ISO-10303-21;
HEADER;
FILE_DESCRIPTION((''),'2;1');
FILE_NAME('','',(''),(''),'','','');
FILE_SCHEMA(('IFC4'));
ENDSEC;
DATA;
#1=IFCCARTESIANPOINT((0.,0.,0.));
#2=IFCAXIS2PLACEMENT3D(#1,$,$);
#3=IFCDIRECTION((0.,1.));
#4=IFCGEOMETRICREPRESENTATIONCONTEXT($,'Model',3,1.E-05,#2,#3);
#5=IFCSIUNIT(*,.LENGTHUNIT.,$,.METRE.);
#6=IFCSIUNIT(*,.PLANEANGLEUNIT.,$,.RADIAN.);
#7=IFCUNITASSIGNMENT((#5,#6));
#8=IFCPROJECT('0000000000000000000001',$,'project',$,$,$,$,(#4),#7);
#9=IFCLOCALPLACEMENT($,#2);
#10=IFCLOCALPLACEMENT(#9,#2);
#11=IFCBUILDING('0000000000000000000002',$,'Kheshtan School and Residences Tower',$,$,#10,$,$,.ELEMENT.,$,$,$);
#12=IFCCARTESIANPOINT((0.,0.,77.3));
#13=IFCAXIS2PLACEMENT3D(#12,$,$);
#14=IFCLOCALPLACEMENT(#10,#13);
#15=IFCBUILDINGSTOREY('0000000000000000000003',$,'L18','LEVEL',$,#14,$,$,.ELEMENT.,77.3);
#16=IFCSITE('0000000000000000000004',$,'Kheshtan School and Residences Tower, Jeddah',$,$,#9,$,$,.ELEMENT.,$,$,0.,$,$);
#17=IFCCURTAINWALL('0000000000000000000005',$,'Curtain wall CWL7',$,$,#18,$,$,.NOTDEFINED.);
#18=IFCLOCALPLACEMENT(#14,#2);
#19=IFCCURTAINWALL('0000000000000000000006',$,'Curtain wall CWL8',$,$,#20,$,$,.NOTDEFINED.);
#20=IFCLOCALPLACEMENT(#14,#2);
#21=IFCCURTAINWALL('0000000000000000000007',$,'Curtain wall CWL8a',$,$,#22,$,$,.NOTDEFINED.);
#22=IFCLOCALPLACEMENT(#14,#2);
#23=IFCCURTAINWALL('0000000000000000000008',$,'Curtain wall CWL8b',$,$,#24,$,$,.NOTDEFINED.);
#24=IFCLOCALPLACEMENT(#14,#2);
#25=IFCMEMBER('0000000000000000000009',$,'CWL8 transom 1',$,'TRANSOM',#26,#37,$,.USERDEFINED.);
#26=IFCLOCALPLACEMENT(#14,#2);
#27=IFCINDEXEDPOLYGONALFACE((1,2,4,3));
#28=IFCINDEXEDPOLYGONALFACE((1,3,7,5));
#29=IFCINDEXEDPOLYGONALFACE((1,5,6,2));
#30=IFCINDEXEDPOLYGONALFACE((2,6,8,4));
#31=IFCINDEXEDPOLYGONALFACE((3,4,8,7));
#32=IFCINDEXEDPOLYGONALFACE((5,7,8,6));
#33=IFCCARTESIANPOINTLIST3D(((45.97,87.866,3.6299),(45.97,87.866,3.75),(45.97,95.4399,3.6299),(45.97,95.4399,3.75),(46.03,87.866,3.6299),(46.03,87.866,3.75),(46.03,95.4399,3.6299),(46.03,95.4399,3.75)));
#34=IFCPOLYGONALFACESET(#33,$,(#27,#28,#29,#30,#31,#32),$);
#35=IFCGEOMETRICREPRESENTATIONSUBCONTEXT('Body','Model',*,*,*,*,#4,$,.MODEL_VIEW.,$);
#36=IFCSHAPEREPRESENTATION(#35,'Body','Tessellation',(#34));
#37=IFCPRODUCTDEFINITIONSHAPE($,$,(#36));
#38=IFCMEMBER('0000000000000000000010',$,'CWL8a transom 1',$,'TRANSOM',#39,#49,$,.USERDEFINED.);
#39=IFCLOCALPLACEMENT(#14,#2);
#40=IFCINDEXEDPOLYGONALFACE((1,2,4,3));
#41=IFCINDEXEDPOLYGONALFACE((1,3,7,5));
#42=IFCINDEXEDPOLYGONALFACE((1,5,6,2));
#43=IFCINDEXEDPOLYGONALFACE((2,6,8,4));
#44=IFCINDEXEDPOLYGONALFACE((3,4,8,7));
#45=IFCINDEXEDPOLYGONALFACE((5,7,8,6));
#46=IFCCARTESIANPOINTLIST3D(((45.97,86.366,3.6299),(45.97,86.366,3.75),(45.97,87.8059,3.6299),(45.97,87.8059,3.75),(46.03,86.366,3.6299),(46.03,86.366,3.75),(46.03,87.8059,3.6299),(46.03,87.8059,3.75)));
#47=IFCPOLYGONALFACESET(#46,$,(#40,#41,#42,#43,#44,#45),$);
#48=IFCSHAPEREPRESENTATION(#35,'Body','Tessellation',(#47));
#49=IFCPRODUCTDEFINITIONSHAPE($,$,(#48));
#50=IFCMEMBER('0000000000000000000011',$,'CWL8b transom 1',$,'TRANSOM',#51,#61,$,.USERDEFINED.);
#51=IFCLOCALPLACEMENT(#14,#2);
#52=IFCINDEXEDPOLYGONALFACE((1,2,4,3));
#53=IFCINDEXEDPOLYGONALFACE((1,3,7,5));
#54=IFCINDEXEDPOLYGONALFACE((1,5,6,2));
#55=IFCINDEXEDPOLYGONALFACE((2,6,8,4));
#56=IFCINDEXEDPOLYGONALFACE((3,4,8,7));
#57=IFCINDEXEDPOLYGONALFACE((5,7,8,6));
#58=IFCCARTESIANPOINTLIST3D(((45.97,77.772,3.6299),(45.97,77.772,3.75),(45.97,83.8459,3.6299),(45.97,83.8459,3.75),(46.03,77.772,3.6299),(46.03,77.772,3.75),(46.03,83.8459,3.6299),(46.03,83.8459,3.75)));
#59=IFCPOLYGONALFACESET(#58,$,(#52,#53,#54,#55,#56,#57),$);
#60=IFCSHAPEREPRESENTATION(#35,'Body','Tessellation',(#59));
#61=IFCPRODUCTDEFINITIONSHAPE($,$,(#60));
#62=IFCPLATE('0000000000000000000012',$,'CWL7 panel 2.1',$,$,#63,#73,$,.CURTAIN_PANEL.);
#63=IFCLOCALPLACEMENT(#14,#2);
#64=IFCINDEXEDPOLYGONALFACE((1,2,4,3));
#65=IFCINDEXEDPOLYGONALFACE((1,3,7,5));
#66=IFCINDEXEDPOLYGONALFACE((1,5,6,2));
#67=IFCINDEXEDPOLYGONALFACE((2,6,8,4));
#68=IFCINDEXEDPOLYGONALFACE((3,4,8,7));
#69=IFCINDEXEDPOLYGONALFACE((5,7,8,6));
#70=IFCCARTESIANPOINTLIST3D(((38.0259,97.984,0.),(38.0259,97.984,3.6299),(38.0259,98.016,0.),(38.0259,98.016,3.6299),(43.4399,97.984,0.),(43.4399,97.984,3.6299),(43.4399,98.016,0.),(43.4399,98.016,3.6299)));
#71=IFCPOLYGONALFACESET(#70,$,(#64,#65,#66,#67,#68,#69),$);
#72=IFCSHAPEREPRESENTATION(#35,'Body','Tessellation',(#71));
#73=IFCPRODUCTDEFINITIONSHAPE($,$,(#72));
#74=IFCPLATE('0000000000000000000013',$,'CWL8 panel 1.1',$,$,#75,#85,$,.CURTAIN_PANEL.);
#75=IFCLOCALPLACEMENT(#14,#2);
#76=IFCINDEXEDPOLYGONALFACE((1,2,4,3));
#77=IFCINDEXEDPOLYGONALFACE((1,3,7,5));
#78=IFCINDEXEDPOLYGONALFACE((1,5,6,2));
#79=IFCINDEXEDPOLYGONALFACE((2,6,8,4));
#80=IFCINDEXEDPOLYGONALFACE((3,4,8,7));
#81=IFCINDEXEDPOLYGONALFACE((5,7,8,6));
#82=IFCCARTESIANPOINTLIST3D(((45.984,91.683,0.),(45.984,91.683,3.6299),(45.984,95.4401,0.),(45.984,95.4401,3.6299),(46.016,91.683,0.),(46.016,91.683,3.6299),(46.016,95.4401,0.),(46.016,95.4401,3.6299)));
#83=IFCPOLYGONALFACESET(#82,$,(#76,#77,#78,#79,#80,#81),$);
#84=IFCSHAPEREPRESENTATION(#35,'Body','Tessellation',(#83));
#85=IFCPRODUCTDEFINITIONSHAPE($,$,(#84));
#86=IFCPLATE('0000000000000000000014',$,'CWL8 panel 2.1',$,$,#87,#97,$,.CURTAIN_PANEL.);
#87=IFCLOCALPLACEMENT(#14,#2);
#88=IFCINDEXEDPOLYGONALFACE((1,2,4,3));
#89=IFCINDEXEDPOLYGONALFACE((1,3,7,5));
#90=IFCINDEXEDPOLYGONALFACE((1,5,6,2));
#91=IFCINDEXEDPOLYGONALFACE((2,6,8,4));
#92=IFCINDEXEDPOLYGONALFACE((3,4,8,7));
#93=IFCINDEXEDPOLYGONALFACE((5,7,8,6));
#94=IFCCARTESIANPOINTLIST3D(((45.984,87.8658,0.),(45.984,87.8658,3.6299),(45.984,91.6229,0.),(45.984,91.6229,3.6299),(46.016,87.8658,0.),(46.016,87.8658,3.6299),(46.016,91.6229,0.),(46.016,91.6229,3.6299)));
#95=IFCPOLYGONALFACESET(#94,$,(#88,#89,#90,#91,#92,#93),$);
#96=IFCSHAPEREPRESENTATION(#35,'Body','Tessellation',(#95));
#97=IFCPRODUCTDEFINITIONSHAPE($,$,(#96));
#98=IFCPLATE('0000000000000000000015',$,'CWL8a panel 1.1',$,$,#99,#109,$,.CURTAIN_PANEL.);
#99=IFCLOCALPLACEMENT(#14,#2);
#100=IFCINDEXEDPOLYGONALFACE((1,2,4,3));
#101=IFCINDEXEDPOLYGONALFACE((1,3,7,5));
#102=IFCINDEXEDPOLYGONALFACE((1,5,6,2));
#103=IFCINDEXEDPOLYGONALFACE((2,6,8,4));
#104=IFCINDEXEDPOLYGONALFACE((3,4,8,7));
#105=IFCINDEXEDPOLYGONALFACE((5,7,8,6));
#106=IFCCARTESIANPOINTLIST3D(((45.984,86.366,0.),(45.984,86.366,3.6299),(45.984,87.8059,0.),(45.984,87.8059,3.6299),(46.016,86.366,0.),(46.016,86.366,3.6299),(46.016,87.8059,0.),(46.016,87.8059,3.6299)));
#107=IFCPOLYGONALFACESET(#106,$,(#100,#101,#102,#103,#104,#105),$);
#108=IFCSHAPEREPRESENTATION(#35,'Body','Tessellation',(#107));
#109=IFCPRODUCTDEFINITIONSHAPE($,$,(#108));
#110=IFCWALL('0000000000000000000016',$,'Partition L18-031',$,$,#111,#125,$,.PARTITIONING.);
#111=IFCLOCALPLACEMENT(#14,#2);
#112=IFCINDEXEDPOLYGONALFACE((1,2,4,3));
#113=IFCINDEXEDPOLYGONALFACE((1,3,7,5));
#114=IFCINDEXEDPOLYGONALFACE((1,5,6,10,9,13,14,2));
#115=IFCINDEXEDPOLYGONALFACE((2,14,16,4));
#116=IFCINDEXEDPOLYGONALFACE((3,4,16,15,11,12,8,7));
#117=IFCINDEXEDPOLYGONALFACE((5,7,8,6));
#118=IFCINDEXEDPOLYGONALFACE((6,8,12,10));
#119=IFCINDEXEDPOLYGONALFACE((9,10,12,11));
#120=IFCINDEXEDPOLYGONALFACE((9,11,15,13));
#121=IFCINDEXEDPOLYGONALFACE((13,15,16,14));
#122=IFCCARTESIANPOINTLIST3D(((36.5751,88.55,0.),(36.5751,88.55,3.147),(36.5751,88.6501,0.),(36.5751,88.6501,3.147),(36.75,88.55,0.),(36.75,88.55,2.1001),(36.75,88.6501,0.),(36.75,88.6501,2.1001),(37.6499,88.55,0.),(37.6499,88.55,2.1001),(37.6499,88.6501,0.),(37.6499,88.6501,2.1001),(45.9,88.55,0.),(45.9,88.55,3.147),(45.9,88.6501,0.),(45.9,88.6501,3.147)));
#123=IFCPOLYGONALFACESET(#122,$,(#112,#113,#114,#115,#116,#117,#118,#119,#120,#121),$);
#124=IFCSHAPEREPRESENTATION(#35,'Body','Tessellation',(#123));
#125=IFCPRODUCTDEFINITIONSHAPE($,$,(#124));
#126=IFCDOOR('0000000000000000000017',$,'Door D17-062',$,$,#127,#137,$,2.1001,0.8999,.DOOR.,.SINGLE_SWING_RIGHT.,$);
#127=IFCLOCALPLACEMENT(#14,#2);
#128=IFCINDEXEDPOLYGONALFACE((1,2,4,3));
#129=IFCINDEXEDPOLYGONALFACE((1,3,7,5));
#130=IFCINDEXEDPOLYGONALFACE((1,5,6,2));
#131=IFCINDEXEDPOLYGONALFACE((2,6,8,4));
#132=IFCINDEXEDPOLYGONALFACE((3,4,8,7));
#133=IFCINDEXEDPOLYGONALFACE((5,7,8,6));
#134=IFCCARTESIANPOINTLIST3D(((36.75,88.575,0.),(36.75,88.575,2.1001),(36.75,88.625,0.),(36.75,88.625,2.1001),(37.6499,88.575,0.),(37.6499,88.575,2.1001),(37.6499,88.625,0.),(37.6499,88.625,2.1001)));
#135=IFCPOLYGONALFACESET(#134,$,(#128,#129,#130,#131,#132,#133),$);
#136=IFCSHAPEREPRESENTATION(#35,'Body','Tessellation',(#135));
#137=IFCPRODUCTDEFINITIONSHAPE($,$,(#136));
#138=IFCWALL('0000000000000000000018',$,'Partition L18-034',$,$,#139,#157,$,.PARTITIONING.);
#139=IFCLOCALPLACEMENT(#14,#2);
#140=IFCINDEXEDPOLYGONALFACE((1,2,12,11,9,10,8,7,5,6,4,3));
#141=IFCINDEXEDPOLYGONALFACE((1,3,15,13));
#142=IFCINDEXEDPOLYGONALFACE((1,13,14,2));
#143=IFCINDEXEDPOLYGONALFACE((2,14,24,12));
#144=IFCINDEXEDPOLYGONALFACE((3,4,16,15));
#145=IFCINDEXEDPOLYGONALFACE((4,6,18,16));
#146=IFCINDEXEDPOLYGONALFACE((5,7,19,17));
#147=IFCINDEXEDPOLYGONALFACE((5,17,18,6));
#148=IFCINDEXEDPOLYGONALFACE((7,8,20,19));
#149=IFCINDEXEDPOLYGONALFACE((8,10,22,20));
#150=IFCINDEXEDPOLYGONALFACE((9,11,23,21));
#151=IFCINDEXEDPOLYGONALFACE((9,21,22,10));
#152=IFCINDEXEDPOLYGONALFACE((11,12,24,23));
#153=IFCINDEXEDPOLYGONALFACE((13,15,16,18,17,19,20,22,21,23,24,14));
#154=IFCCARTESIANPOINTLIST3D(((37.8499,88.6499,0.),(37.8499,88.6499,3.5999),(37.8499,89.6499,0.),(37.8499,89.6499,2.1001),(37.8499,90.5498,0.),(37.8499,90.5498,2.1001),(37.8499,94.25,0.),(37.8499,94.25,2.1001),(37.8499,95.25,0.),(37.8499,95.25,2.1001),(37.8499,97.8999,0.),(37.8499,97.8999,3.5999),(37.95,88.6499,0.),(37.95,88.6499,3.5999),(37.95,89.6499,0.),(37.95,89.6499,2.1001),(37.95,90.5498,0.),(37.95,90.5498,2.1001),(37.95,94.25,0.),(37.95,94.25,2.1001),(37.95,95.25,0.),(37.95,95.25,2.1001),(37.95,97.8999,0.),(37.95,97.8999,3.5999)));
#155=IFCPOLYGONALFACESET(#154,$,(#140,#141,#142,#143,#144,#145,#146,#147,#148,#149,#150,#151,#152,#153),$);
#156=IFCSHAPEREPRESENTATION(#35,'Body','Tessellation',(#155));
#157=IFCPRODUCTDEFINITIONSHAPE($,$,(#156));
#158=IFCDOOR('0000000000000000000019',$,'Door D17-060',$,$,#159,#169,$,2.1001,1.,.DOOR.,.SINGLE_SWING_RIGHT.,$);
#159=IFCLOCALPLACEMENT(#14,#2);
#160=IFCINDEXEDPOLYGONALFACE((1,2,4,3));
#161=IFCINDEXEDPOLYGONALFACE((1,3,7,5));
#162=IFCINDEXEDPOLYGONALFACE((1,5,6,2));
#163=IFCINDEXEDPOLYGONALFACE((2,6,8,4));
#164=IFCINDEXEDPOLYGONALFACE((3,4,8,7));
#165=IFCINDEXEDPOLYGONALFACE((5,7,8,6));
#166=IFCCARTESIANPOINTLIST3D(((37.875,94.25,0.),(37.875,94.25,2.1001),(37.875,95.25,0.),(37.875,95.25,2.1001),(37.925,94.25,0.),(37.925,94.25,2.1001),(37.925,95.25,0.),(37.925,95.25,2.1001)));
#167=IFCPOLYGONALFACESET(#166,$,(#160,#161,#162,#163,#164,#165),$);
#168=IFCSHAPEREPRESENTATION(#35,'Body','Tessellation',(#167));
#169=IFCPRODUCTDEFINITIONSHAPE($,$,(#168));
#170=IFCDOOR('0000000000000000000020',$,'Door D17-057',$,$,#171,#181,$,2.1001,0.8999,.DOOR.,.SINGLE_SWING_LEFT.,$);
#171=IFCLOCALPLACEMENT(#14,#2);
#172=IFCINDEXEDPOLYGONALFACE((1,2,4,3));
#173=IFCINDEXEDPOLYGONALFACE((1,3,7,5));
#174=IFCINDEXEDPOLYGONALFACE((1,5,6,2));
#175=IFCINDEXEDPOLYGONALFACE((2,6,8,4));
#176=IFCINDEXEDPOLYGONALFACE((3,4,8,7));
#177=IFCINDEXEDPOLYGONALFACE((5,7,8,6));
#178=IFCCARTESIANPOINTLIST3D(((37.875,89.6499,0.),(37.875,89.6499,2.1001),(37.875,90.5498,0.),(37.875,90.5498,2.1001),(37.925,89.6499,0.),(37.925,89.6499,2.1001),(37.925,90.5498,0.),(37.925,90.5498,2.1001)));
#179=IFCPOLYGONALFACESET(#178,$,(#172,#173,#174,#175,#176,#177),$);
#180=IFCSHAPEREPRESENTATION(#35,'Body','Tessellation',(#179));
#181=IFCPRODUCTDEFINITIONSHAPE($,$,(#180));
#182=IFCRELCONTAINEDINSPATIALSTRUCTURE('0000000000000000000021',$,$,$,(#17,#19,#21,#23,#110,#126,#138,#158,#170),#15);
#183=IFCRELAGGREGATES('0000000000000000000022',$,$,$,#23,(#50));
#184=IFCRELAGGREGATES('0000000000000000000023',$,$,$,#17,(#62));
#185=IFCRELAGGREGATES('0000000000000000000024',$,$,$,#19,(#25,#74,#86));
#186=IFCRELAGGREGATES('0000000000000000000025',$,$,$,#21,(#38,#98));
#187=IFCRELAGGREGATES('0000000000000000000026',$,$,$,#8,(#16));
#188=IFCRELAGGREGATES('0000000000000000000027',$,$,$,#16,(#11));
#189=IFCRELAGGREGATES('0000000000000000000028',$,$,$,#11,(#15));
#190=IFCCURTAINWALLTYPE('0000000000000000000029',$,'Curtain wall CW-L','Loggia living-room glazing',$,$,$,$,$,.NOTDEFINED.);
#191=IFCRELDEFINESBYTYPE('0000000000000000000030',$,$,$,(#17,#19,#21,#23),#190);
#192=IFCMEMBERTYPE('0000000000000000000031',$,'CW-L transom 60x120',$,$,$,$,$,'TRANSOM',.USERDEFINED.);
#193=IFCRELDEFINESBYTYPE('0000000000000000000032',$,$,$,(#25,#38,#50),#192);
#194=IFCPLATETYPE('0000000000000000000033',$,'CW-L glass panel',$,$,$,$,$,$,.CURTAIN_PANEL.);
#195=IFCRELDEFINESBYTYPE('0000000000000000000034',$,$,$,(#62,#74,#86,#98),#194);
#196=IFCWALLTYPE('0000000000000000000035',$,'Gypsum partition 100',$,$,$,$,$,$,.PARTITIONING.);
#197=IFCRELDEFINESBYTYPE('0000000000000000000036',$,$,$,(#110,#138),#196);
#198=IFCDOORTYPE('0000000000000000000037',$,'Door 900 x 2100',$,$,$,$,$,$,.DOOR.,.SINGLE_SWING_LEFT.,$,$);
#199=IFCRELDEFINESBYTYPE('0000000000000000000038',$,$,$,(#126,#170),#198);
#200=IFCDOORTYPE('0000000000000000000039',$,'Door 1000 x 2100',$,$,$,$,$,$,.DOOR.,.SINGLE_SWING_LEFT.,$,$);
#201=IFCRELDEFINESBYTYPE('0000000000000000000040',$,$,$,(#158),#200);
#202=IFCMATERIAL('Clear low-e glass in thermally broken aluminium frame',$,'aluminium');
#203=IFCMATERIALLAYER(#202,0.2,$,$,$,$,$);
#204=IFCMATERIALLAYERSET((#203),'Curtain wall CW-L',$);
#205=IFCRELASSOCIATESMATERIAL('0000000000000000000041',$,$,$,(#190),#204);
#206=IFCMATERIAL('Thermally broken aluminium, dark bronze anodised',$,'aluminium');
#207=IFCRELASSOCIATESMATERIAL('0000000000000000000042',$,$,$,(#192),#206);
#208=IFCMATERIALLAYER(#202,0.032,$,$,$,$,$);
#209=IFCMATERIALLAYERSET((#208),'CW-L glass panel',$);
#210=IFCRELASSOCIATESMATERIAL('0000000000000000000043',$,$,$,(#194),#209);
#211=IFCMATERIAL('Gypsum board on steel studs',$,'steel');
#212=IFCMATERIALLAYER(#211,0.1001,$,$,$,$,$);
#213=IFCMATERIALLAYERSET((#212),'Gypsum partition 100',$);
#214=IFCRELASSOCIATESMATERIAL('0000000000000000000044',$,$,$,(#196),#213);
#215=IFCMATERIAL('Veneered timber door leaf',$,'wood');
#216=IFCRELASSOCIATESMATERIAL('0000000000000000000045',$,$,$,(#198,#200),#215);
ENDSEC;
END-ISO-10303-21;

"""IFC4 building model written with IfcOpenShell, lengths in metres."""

from ifc_helpers import new_model, si_unit, direction, frame, frame_2d, origin, origin_2d, place, context, subcontext, project, spatial, rectangle, extrude, source, transform, mapped, material, layer, layer_set, material_profile, profile_set, type_object, element, fill, aggregate, save


model = new_model("IFC4")

# Units and contexts
model_context = context("Model", 3, precision=1e-05, world=origin(), true_north=direction((0.0, 1.0)))
body_context = subcontext(model_context, "Body", "Model", "MODEL_VIEW")
ifc_project = project(units=[si_unit("LENGTHUNIT", "METRE"), si_unit("PLANEANGLEUNIT", "RADIAN")], contexts=[model_context])

# Site, building, storey
site_placement = place(None, origin())
site = spatial("IfcSite", under=ifc_project, at=site_placement, Name="Kheshtan School and Residences Tower, Jeddah", CompositionType="ELEMENT", RefElevation=0.0)
building_placement = place(site_placement, origin())
building = spatial("IfcBuilding", under=site, at=building_placement, Name="Kheshtan School and Residences Tower", CompositionType="ELEMENT")
storey_placement = place(building_placement, frame((0.0, 0.0, 77.3)))
storey = spatial("IfcBuildingStorey", under=building, at=storey_placement, Name="L18", Description="LEVEL", CompositionType="ELEMENT", Elevation=77.3)

# Curtain walls
ifc_material_1 = material(Name="Clear low-e glass in thermally broken aluminium frame", Category="aluminium")
ifc_layer_1 = layer(ifc_material_1, 0.2)
ifc_layer_set_1 = layer_set([ifc_layer_1], Name="Curtain wall CW-L")
curtain_wall_type = type_object("IfcCurtainWallType", Name="Curtain wall CW-L", Description="Loggia living-room glazing", PredefinedType="NOTDEFINED", material=ifc_layer_set_1)
curtain_wall_1_placement = place(storey_placement, origin())
curtain_wall_1 = element("IfcCurtainWall", 1, at=curtain_wall_1_placement, inside=storey, type_object=curtain_wall_type, Name="Curtain wall CWL7", PredefinedType="NOTDEFINED")
ifc_material_2 = material(Name="Thermally broken aluminium, dark bronze anodised", Category="aluminium")
curtain_wall_2_placement = place(storey_placement, origin())
curtain_wall_2 = element("IfcCurtainWall", 2, at=curtain_wall_2_placement, inside=storey, type_object=curtain_wall_type, Name="Curtain wall CWL8", PredefinedType="NOTDEFINED")

# Curtain walls
curtain_wall_3_placement = place(storey_placement, origin())
curtain_wall_3 = element("IfcCurtainWall", 3, at=curtain_wall_3_placement, inside=storey, type_object=curtain_wall_type, Name="Curtain wall CWL8a", PredefinedType="NOTDEFINED")
curtain_wall_4_placement = place(storey_placement, origin())
curtain_wall_4 = element("IfcCurtainWall", 4, at=curtain_wall_4_placement, inside=storey, type_object=curtain_wall_type, Name="Curtain wall CWL8b", PredefinedType="NOTDEFINED")

# Members
ifc_material_profile_1 = material_profile(ifc_material_2, rectangle(XDim=0.0601, YDim=0.1201, at=origin_2d()), Name="CW-L transom 60x120")
ifc_profile_set_1 = profile_set([ifc_material_profile_1], Name="Thermally broken aluminium, dark bronze anodised")
member_type_1 = type_object("IfcMemberType", Name="CW-L transom 60x120", ElementType="TRANSOM", PredefinedType="USERDEFINED", material=ifc_profile_set_1)
member_1_placement = place(storey_placement, frame((46.0, 95.4399, 3.6899), z_axis=(0.0, -1.0, 0.0), x_axis=(1.0, 0.0, 0.0)))
member_1 = element("IfcMember", 5, at=member_1_placement, type_object=member_type_1, Name="CWL8 transom 1", ObjectType="TRANSOM", PredefinedType="USERDEFINED", context=body_context, shape_type="SweptSolid", body=[
    extrude(rectangle(XDim=0.0601, YDim=0.1201, at=origin_2d()), origin(), (0.0, 0.0, 1.0), 7.574),
])
member_2_placement = place(storey_placement, frame((46.0, 87.8059, 3.6899), z_axis=(0.0, -1.0, 0.0), x_axis=(1.0, 0.0, 0.0)))
member_2 = element("IfcMember", 6, at=member_2_placement, type_object=member_type_1, Name="CWL8a transom 1", ObjectType="TRANSOM", PredefinedType="USERDEFINED", context=body_context, shape_type="SweptSolid", body=[
    extrude(rectangle(XDim=0.0601, YDim=0.1201, at=origin_2d()), origin(), (0.0, 0.0, 1.0), 1.4399),
])
member_3_placement = place(storey_placement, frame((46.0, 83.8459, 3.6899), z_axis=(0.0, -1.0, 0.0), x_axis=(1.0, 0.0, 0.0)))
member_3 = element("IfcMember", 7, at=member_3_placement, type_object=member_type_1, Name="CWL8b transom 1", ObjectType="TRANSOM", PredefinedType="USERDEFINED", context=body_context, shape_type="SweptSolid", body=[
    extrude(rectangle(XDim=0.0601, YDim=0.1201, at=origin_2d()), origin(), (0.0, 0.0, 1.0), 6.074),
])
aggregate(curtain_wall_4, [member_3])

# Plates
ifc_layer_2 = layer(ifc_material_1, 0.032)
ifc_layer_set_2 = layer_set([ifc_layer_2], Name="CW-L glass panel")
plate_type = type_object("IfcPlateType", Name="CW-L glass panel", PredefinedType="CURTAIN_PANEL", material=ifc_layer_set_2)
plate_1_placement = place(storey_placement, frame((40.7329, 98.0, 0.0), z_axis=(0.0, 0.0, 1.0), x_axis=(1.0, 0.0, 0.0)))
plate_1 = element("IfcPlate", 8, at=plate_1_placement, type_object=plate_type, Name="CWL7 panel 2.1", PredefinedType="CURTAIN_PANEL", context=body_context, shape_type="SweptSolid", body=[
    extrude(rectangle(XDim=5.4141, YDim=0.032, at=origin_2d()), origin(), (0.0, 0.0, 1.0), 3.6299),
])
aggregate(curtain_wall_1, [plate_1])
plate_2_placement = place(storey_placement, frame((46.0, 93.5615, 0.0), z_axis=(0.0, 0.0, 1.0), x_axis=(0.0, -1.0, 0.0)))
plate_2 = element("IfcPlate", 9, at=plate_2_placement, type_object=plate_type, Name="CWL8 panel 1.1", PredefinedType="CURTAIN_PANEL", context=body_context, shape_type="SweptSolid", body=[
    extrude(rectangle(XDim=3.7571, YDim=0.032, at=origin_2d()), origin(), (0.0, 0.0, 1.0), 3.6299),
])
plate_3_placement = place(storey_placement, frame((46.0, 89.7444, 0.0), z_axis=(0.0, 0.0, 1.0), x_axis=(0.0, -1.0, 0.0)))
plate_3 = element("IfcPlate", 10, at=plate_3_placement, type_object=plate_type, Name="CWL8 panel 2.1", PredefinedType="CURTAIN_PANEL", context=body_context, shape_type="SweptSolid", body=[
    extrude(rectangle(XDim=3.7571, YDim=0.032, at=origin_2d()), origin(), (0.0, 0.0, 1.0), 3.6299),
])
aggregate(curtain_wall_2, [member_1, plate_2, plate_3])
plate_4_placement = place(storey_placement, frame((46.0, 87.0859, 0.0), z_axis=(0.0, 0.0, 1.0), x_axis=(0.0, -1.0, 0.0)))
plate_4 = element("IfcPlate", 11, at=plate_4_placement, type_object=plate_type, Name="CWL8a panel 1.1", PredefinedType="CURTAIN_PANEL", context=body_context, shape_type="SweptSolid", body=[
    extrude(rectangle(XDim=1.4399, YDim=0.032, at=origin_2d()), origin(), (0.0, 0.0, 1.0), 3.6299),
])
aggregate(curtain_wall_3, [member_2, plate_4])

# Wall, opening, door
ifc_material_3 = material(Name="Gypsum board on steel studs", Category="steel")
ifc_layer_3 = layer(ifc_material_3, 0.1001)
ifc_layer_set_3 = layer_set([ifc_layer_3], Name="Gypsum partition 100")
wall_type_1 = type_object("IfcWallType", Name="Gypsum partition 100", PredefinedType="PARTITIONING", material=ifc_layer_set_3)
wall_1_placement = place(storey_placement, frame((36.575, 88.6001, 0.0), z_axis=(0.0, 0.0, 1.0), x_axis=(1.0, 0.0, 0.0)))
wall_1 = element("IfcWall", 12, at=wall_1_placement, inside=storey, type_object=wall_type_1, Name="Partition L18-031", PredefinedType="PARTITIONING", context=body_context, shape_type="SweptSolid", body=[
    extrude(rectangle(XDim=9.325, YDim=0.1001, at=frame_2d((4.6626, 0.0))), origin(), (0.0, 0.0, 1.0), 3.147),
])
opening_1_placement = place(wall_1_placement, frame((0.175, 0.0, 0.0)))
opening_1 = element("IfcOpeningElement", 13, at=opening_1_placement, cuts=wall_1, PredefinedType="OPENING", context=body_context, shape_type="SweptSolid", body=[
    extrude(rectangle(XDim=0.8999, YDim=2.1001, at=frame_2d((0.45, 1.05))), frame((0.0, 0.0601, 0.0), z_axis=(0.0, -1.0, 0.0), x_axis=(1.0, 0.0, 0.0)), (0.0, 0.0, 1.0), 0.1201),
])
ifc_material_4 = material(Name="Veneered timber door leaf", Category="wood")
door_type_1 = type_object("IfcDoorType", Name="Door 900 x 2100", OperationType="SINGLE_SWING_LEFT", PredefinedType="DOOR", material=ifc_material_4)
shared_shape_1 = source(origin(), body_context, "Body", "SweptSolid", [
    extrude(rectangle(XDim=0.8999, YDim=2.1001, at=frame_2d((0.45, 1.05))), frame((0.0, 0.0249, 0.0), z_axis=(0.0, -1.0, 0.0), x_axis=(1.0, 0.0, 0.0)), (0.0, 0.0, 1.0), 0.05),
])
door_1_placement = place(opening_1_placement, origin())
door_1 = element("IfcDoor", 14, at=door_1_placement, inside=storey, type_object=door_type_1, Name="Door D17-062", OperationType="SINGLE_SWING_RIGHT", OverallHeight=2.1001, OverallWidth=0.8999, PredefinedType="DOOR", context=body_context, shape_type="MappedRepresentation", body=[
    mapped(shared_shape_1, transform((0.0, 0.0, 0.0), x_axis=(1.0, 0.0, 0.0), y_axis=(0.0, 1.0, 0.0), z_axis=(0.0, 0.0, 1.0), scale=1.0)),
])
fill(opening_1, door_1)

# Wall, openings, doors
wall_2_placement = place(storey_placement, frame((37.8999, 88.6499, 0.0), z_axis=(0.0, 0.0, 1.0), x_axis=(0.0, 1.0, 0.0)))
wall_2 = element("IfcWall", 15, at=wall_2_placement, inside=storey, type_object=wall_type_1, Name="Partition L18-034", PredefinedType="PARTITIONING", context=body_context, shape_type="SweptSolid", body=[
    extrude(rectangle(XDim=9.25, YDim=0.1001, at=frame_2d((4.625, 0.0))), origin(), (0.0, 0.0, 1.0), 3.5999),
])
opening_2_placement = place(wall_2_placement, frame((1.0, 0.0, 0.0)))
opening_2 = element("IfcOpeningElement", 16, at=opening_2_placement, cuts=wall_2, PredefinedType="OPENING", context=body_context, shape_type="SweptSolid", body=[
    extrude(rectangle(XDim=0.8999, YDim=2.1001, at=frame_2d((0.45, 1.05))), frame((0.0, 0.0601, 0.0), z_axis=(0.0, -1.0, 0.0), x_axis=(1.0, 0.0, 0.0)), (0.0, 0.0, 1.0), 0.1201),
])
opening_3_placement = place(wall_2_placement, frame((5.6001, 0.0, 0.0)))
opening_3 = element("IfcOpeningElement", 17, at=opening_3_placement, cuts=wall_2, PredefinedType="OPENING", context=body_context, shape_type="SweptSolid", body=[
    extrude(rectangle(XDim=1.0, YDim=2.1001, at=frame_2d((0.5, 1.05))), frame((0.0, 0.0601, 0.0), z_axis=(0.0, -1.0, 0.0), x_axis=(1.0, 0.0, 0.0)), (0.0, 0.0, 1.0), 0.1201),
])
door_type_2 = type_object("IfcDoorType", Name="Door 1000 x 2100", OperationType="SINGLE_SWING_LEFT", PredefinedType="DOOR", material=ifc_material_4)
shared_shape_2 = source(origin(), body_context, "Body", "SweptSolid", [
    extrude(rectangle(XDim=1.0, YDim=2.1001, at=frame_2d((0.5, 1.05))), frame((0.0, 0.0249, 0.0), z_axis=(0.0, -1.0, 0.0), x_axis=(1.0, 0.0, 0.0)), (0.0, 0.0, 1.0), 0.05),
])
door_2_placement = place(opening_3_placement, origin())
door_2 = element("IfcDoor", 18, at=door_2_placement, inside=storey, type_object=door_type_2, Name="Door D17-060", OperationType="SINGLE_SWING_RIGHT", OverallHeight=2.1001, OverallWidth=1.0, PredefinedType="DOOR", context=body_context, shape_type="MappedRepresentation", body=[
    mapped(shared_shape_2, transform((0.0, 0.0, 0.0), x_axis=(1.0, 0.0, 0.0), y_axis=(0.0, 1.0, 0.0), z_axis=(0.0, 0.0, 1.0), scale=1.0)),
])
fill(opening_3, door_2)
door_3_placement = place(opening_2_placement, origin())
door_3 = element("IfcDoor", 19, at=door_3_placement, inside=storey, type_object=door_type_1, Name="Door D17-057", OperationType="SINGLE_SWING_LEFT", OverallHeight=2.1001, OverallWidth=0.8999, PredefinedType="DOOR", context=body_context, shape_type="MappedRepresentation", body=[
    mapped(shared_shape_1, transform((0.0, 0.0, 0.0), x_axis=(1.0, 0.0, 0.0), y_axis=(0.0, 1.0, 0.0), z_axis=(0.0, 0.0, 1.0), scale=1.0)),
])
fill(opening_2, door_3)

save(model, "model.ifc")
